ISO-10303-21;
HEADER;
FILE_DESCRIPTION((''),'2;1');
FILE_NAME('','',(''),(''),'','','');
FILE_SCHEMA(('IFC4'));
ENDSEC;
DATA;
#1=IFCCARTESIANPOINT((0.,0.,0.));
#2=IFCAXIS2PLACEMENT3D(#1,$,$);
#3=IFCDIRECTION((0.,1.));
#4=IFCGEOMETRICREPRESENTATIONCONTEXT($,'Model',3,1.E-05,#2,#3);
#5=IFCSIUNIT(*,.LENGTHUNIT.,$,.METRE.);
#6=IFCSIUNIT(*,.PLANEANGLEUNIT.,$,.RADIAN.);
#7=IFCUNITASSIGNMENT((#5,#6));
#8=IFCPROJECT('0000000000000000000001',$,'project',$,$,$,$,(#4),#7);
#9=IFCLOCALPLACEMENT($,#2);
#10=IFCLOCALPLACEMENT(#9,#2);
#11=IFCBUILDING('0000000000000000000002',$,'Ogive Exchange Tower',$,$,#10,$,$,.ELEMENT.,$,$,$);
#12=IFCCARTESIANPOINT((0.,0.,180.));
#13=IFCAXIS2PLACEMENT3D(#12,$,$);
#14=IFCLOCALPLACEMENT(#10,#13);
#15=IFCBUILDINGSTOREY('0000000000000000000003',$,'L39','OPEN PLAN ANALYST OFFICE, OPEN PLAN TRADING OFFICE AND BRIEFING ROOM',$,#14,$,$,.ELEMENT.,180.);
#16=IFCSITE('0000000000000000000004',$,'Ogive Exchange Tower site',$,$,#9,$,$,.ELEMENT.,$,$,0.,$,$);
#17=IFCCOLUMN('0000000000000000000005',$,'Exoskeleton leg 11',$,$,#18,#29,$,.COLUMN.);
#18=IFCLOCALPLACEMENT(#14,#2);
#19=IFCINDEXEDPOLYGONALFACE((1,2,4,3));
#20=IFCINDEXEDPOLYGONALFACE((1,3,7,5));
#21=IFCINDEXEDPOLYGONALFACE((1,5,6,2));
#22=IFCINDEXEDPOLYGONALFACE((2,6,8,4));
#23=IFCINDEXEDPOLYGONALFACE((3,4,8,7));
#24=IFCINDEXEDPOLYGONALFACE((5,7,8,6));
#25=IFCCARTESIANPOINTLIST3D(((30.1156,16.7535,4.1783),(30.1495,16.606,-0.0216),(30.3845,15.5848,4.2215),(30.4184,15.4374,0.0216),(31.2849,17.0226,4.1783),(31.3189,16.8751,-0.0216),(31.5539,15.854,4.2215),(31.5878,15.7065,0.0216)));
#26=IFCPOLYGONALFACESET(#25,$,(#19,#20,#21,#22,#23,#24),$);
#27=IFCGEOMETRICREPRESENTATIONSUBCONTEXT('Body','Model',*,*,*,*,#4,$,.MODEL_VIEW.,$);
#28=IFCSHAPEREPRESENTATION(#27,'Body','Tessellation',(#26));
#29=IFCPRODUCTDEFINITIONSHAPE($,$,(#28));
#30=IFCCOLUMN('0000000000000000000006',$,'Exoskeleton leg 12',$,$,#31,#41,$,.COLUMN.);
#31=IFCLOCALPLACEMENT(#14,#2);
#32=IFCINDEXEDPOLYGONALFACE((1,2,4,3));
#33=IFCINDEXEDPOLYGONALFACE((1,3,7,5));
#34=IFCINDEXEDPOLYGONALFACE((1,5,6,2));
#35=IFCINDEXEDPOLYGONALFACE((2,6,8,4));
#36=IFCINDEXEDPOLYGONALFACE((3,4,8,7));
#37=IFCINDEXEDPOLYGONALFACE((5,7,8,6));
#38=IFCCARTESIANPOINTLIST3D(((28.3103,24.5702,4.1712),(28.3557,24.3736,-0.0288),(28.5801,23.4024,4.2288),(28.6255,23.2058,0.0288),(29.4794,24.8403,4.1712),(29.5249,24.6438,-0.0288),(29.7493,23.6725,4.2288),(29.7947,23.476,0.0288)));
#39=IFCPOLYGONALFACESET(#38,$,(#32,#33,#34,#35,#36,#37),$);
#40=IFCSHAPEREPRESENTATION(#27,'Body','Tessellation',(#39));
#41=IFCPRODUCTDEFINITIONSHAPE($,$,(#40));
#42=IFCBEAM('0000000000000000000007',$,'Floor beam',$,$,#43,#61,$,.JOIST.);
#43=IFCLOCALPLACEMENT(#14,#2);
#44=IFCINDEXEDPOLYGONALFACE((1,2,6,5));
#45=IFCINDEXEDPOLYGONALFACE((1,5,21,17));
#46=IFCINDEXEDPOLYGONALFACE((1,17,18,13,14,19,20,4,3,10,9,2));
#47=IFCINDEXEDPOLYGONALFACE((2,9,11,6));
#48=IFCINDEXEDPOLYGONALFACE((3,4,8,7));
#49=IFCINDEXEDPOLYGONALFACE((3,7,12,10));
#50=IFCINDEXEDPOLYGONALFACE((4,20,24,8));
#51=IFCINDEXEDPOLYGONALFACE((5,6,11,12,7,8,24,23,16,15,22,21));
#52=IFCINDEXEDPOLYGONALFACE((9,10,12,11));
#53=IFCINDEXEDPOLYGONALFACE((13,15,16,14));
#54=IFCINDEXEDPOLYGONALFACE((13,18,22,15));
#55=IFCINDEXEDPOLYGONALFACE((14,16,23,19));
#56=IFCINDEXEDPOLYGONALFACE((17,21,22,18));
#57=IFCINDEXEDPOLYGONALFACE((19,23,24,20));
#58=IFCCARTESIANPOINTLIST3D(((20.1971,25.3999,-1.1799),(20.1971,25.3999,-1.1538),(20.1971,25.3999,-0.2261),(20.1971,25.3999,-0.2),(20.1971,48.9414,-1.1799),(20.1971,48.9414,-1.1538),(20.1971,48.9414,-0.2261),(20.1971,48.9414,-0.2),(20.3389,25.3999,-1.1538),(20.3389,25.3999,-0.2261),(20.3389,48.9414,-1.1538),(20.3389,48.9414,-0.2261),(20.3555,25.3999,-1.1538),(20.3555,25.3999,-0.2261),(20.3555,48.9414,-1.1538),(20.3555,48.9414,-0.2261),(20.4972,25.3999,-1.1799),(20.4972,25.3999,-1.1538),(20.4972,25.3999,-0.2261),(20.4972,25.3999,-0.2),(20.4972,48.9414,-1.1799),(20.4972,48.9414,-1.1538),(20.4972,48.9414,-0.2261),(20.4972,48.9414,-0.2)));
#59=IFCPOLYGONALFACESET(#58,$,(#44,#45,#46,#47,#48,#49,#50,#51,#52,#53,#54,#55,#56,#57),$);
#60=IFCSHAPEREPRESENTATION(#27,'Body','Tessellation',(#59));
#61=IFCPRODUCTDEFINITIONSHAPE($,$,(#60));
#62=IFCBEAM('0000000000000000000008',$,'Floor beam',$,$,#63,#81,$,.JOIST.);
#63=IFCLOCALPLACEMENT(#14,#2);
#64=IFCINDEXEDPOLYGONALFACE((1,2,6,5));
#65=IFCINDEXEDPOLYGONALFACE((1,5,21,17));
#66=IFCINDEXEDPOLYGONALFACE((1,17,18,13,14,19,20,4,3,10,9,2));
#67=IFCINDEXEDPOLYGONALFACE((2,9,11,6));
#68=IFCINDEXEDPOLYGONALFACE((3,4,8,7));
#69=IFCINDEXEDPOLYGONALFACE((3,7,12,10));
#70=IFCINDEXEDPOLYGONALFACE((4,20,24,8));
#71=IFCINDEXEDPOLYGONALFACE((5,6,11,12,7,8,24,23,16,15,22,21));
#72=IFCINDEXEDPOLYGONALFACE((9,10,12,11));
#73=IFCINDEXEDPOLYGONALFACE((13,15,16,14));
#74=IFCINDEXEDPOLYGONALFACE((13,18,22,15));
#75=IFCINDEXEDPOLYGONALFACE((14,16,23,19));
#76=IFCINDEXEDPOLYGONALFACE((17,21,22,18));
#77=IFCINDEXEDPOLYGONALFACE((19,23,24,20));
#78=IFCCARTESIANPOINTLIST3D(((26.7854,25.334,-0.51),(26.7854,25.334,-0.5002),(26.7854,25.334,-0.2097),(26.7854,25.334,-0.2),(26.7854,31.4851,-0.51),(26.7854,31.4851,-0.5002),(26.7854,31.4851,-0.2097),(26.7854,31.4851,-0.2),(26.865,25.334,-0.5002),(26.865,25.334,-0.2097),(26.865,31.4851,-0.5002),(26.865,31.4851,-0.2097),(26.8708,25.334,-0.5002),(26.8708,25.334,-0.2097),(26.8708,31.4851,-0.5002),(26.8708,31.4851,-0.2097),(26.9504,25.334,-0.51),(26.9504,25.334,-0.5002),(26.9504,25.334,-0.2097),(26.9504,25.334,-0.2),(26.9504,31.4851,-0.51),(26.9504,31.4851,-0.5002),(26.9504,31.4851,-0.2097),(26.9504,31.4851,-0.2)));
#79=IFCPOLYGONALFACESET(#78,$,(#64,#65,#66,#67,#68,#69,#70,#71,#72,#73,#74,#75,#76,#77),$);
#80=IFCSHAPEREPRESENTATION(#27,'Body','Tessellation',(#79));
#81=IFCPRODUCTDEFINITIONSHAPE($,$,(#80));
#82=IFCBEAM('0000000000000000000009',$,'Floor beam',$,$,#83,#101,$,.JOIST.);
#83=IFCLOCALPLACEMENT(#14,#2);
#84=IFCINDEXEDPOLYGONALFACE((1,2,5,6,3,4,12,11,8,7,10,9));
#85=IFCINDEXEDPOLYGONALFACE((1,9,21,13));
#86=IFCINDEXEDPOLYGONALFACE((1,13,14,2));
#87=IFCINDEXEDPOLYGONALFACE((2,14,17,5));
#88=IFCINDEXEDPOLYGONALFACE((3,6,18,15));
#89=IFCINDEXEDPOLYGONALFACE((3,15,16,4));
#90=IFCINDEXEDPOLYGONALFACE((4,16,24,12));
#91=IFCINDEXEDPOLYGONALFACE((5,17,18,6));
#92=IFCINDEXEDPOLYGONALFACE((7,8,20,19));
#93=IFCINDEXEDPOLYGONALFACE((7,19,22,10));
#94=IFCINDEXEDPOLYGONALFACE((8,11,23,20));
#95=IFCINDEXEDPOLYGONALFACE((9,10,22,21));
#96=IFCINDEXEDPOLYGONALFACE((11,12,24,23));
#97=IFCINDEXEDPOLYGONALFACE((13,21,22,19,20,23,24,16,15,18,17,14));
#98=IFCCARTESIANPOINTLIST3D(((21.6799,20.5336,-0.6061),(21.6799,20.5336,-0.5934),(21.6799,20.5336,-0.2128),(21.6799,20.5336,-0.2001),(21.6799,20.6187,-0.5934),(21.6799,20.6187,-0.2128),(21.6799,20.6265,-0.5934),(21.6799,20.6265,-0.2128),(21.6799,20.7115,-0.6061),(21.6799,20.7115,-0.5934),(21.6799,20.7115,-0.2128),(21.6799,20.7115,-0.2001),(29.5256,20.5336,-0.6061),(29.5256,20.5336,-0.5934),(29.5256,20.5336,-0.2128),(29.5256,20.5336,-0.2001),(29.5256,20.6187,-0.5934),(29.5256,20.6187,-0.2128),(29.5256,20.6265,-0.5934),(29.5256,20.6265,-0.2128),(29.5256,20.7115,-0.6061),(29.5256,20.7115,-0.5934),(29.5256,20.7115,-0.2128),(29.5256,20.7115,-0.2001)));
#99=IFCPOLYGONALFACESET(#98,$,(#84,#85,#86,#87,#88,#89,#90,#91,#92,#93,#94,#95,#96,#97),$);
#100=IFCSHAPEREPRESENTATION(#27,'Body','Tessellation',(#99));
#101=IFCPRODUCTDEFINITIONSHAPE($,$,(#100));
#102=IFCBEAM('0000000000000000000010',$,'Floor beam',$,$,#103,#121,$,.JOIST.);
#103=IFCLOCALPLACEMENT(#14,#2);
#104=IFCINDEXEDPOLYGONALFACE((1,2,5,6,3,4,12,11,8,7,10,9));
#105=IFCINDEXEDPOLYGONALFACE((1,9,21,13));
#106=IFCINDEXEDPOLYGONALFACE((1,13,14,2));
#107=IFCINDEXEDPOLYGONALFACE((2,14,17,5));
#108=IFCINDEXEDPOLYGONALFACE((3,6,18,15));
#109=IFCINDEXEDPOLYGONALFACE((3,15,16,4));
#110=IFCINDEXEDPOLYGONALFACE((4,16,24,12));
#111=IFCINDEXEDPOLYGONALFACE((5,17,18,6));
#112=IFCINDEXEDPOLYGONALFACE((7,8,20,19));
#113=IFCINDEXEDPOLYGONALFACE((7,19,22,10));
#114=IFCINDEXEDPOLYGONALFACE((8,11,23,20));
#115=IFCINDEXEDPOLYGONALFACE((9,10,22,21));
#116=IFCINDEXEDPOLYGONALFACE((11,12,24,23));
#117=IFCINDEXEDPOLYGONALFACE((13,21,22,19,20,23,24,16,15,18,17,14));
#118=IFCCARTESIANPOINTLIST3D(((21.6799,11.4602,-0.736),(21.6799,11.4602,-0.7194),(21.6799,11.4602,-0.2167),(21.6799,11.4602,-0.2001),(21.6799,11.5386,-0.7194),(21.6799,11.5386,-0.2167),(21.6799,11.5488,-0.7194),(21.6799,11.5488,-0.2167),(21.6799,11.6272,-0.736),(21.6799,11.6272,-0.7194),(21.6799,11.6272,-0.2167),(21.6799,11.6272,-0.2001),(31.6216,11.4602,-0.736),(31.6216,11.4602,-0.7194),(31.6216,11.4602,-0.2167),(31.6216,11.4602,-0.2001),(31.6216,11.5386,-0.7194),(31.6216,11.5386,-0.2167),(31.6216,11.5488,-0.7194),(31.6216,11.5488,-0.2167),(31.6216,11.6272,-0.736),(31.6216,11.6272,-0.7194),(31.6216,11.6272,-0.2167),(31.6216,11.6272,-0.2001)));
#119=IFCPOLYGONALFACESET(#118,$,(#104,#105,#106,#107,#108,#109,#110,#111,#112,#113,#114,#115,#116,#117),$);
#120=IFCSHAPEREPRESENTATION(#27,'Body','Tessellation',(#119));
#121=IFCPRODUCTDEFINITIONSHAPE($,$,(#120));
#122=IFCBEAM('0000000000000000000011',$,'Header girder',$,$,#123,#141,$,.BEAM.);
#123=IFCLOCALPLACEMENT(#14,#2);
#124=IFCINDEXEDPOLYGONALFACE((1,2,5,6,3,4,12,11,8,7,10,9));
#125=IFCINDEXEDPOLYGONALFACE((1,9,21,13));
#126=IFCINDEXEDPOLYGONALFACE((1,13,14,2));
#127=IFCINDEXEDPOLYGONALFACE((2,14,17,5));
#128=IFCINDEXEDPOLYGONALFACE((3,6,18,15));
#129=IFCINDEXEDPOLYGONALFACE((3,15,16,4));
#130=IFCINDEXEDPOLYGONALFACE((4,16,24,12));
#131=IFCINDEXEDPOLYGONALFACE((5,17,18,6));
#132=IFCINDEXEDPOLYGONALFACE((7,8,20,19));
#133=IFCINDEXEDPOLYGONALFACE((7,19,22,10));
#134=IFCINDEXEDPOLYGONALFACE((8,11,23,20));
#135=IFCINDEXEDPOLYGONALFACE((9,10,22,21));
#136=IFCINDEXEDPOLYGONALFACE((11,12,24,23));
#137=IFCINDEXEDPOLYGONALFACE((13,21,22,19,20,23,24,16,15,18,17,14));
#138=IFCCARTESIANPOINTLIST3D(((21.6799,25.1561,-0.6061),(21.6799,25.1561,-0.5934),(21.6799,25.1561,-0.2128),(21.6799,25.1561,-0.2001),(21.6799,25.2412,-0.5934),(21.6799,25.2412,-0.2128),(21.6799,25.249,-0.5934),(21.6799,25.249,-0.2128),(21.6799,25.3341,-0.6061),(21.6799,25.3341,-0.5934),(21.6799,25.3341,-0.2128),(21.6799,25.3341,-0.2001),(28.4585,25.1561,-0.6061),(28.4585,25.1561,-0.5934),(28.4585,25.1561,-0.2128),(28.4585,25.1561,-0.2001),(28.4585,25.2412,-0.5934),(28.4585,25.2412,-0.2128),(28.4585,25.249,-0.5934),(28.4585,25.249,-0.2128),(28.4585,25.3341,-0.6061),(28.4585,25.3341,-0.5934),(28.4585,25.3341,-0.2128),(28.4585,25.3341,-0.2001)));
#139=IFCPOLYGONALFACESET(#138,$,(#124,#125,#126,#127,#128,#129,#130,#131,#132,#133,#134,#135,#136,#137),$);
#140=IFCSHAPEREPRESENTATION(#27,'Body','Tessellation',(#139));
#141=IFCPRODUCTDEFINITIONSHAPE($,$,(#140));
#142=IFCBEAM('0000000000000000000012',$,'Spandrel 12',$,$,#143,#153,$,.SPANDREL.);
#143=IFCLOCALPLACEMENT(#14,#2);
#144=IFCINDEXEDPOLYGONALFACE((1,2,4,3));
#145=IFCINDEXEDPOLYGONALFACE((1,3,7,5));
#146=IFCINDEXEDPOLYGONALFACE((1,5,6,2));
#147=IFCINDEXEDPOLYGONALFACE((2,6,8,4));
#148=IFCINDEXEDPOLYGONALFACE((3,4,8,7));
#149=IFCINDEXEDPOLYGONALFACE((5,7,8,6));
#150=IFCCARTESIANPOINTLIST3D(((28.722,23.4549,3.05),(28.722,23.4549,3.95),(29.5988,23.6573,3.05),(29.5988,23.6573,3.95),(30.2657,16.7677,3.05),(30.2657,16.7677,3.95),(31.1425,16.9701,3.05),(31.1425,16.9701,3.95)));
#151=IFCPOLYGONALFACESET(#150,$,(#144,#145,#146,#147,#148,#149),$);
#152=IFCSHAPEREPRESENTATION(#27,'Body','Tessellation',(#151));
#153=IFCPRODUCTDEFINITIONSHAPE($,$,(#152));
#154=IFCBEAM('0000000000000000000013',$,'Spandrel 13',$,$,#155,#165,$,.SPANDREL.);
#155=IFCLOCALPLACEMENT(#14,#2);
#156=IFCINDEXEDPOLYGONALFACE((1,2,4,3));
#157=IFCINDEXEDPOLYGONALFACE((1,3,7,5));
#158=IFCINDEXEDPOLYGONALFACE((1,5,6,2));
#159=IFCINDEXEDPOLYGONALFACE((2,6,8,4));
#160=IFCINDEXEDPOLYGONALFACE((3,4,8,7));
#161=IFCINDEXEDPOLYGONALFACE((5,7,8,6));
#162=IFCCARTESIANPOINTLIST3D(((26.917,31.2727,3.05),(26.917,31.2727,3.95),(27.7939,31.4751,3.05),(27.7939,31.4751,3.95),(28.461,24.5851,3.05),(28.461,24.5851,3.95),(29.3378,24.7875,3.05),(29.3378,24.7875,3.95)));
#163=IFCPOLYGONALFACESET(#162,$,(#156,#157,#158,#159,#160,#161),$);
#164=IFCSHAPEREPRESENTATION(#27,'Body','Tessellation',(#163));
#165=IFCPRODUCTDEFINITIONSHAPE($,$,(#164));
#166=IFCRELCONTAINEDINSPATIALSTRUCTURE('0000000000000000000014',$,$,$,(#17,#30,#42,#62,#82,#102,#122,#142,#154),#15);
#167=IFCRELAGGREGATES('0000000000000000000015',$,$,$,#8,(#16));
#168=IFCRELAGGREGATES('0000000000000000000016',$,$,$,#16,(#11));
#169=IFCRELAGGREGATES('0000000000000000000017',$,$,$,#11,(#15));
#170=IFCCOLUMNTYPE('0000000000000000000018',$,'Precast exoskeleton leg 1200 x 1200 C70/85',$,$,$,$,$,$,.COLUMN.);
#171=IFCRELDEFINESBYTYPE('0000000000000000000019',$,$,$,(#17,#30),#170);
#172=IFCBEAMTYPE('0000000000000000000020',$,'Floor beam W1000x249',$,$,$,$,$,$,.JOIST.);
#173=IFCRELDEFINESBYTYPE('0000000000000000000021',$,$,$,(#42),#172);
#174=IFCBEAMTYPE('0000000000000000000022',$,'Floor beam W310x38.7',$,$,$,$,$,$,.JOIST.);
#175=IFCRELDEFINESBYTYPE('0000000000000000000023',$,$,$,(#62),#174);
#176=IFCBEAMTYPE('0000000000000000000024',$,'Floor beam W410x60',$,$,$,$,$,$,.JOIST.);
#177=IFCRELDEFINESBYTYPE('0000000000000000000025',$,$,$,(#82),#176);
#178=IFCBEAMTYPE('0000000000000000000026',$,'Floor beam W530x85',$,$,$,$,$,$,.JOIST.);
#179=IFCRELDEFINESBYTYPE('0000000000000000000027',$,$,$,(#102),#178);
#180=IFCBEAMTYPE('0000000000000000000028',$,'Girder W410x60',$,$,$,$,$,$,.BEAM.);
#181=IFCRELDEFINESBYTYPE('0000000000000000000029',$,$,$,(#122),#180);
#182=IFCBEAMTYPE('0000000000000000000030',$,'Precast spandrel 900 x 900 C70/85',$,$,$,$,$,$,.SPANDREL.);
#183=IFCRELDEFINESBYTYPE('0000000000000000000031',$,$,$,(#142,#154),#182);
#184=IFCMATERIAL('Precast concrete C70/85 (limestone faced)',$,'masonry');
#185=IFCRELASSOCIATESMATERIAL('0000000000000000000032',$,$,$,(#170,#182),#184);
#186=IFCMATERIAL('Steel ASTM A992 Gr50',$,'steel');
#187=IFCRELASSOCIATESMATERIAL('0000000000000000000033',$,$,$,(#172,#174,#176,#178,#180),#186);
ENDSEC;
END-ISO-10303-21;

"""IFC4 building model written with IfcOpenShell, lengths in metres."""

from ifc_helpers import new_model, si_unit, direction, frame, origin, origin_2d, place, context, subcontext, project, spatial, rectangle, i_section, extrude, material, material_profile, profile_set, type_object, element, save


model = new_model("IFC4")

# Units and contexts
model_context = context("Model", 3, precision=1e-05, world=origin(), true_north=direction((0.0, 1.0)))
body_context = subcontext(model_context, "Body", "Model", "MODEL_VIEW")
ifc_project = project(units=[si_unit("LENGTHUNIT", "METRE"), si_unit("PLANEANGLEUNIT", "RADIAN")], contexts=[model_context])

# Site, building, storey
site_placement = place(None, origin())
site = spatial("IfcSite", under=ifc_project, at=site_placement, Name="Ogive Exchange Tower site", CompositionType="ELEMENT", RefElevation=0.0)
building_placement = place(site_placement, origin())
building = spatial("IfcBuilding", under=site, at=building_placement, Name="Ogive Exchange Tower", CompositionType="ELEMENT")
storey_placement = place(building_placement, frame((0.0, 0.0, 180.0)))
storey = spatial("IfcBuildingStorey", under=building, at=storey_placement, Name="L39", Description="OPEN PLAN ANALYST OFFICE, OPEN PLAN TRADING OFFICE AND BRIEFING ROOM", CompositionType="ELEMENT", Elevation=180.0)

# Columns
ifc_material_1 = material(Name="Precast concrete C70/85 (limestone faced)", Category="masonry")
ifc_material_profile_1 = material_profile(ifc_material_1, rectangle(XDim=1.2, YDim=1.2, at=origin_2d()), Name="1200 x 1200")
ifc_profile_set_1 = profile_set([ifc_material_profile_1], Name="Precast concrete C70/85 (limestone faced)")
column_type = type_object("IfcColumnType", Name="Precast exoskeleton leg 1200 x 1200 C70/85", PredefinedType="COLUMN", material=ifc_profile_set_1)
column_1_placement = place(storey_placement, frame((30.8687, 16.1562, 0.0), z_axis=(-0.008075, 0.035087, 0.999352), x_axis=(-0.974527, -0.22427, 0.0)))
element("IfcColumn", 1, at=column_1_placement, inside=storey, type_object=column_type, Name="Exoskeleton leg 11", PredefinedType="COLUMN", context=body_context, shape_type="SweptSolid", body=[
    extrude(rectangle(XDim=1.2, YDim=1.2, at=origin_2d()), origin(), (0.0, 0.0, 1.0), 4.2026),
])
column_2_placement = place(storey_placement, frame((29.0752, 23.9248, 0.0), z_axis=(-0.0108, 0.04674, 0.998849), x_axis=(-0.97433, -0.225125, 0.0)))
element("IfcColumn", 2, at=column_2_placement, inside=storey, type_object=column_type, Name="Exoskeleton leg 12", PredefinedType="COLUMN", context=body_context, shape_type="SweptSolid", body=[
    extrude(rectangle(XDim=1.2, YDim=1.2, at=origin_2d()), origin(), (0.0, 0.0, 1.0), 4.2048),
])

# Beams
ifc_material_2 = material(Name="Steel ASTM A992 Gr50", Category="steel")
ifc_material_profile_2 = material_profile(ifc_material_2, i_section(OverallWidth=0.3, OverallDepth=0.98, WebThickness=0.0166, FlangeThickness=0.0261, at=origin_2d()), Name="W1000x249")
ifc_profile_set_2 = profile_set([ifc_material_profile_2], Name="Steel ASTM A992 Gr50")
beam_type_1 = type_object("IfcBeamType", Name="Floor beam W1000x249", PredefinedType="JOIST", material=ifc_profile_set_2)
beam_1_placement = place(storey_placement, frame((20.3472, 25.3999, -0.6899), z_axis=(0.0, 1.0, 0.0), x_axis=(-1.0, 0.0, 0.0)))
element("IfcBeam", 3, at=beam_1_placement, inside=storey, type_object=beam_type_1, Name="Floor beam", PredefinedType="JOIST", context=body_context, shape_type="SweptSolid", body=[
    extrude(i_section(OverallWidth=0.3, OverallDepth=0.98, WebThickness=0.0166, FlangeThickness=0.0261, at=origin_2d()), origin(), (0.0, 0.0, 1.0), 23.5415),
])
ifc_material_profile_3 = material_profile(ifc_material_2, i_section(OverallWidth=0.165, OverallDepth=0.3101, WebThickness=0.0059, FlangeThickness=0.0098, at=origin_2d()), Name="W310x38.7")
ifc_profile_set_3 = profile_set([ifc_material_profile_3], Name="Steel ASTM A992 Gr50")
beam_type_2 = type_object("IfcBeamType", Name="Floor beam W310x38.7", PredefinedType="JOIST", material=ifc_profile_set_3)
beam_2_placement = place(storey_placement, frame((26.8679, 25.334, -0.355), z_axis=(0.0, 1.0, 0.0), x_axis=(-1.0, 0.0, 0.0)))
element("IfcBeam", 4, at=beam_2_placement, inside=storey, type_object=beam_type_2, Name="Floor beam", PredefinedType="JOIST", context=body_context, shape_type="SweptSolid", body=[
    extrude(i_section(OverallWidth=0.165, OverallDepth=0.3101, WebThickness=0.0059, FlangeThickness=0.0098, at=origin_2d()), origin(), (0.0, 0.0, 1.0), 6.1511),
])
ifc_material_profile_4 = material_profile(ifc_material_2, i_section(OverallWidth=0.178, OverallDepth=0.406, WebThickness=0.0078, FlangeThickness=0.0127, at=origin_2d()), Name="W410x60")
ifc_profile_set_4 = profile_set([ifc_material_profile_4], Name="Steel ASTM A992 Gr50")
beam_type_3 = type_object("IfcBeamType", Name="Floor beam W410x60", PredefinedType="JOIST", material=ifc_profile_set_4)
beam_3_placement = place(storey_placement, frame((21.6799, 20.6226, -0.4031), z_axis=(1.0, 0.0, 0.0), x_axis=(0.0, 1.0, 0.0)))
element("IfcBeam", 5, at=beam_3_placement, inside=storey, type_object=beam_type_3, Name="Floor beam", PredefinedType="JOIST", context=body_context, shape_type="SweptSolid", body=[
    extrude(i_section(OverallWidth=0.178, OverallDepth=0.406, WebThickness=0.0078, FlangeThickness=0.0127, at=origin_2d()), origin(), (0.0, 0.0, 1.0), 7.8457),
])
ifc_material_profile_5 = material_profile(ifc_material_2, i_section(OverallWidth=0.167, OverallDepth=0.5359, WebThickness=0.0103, FlangeThickness=0.0166, at=origin_2d()), Name="W530x85")
ifc_profile_set_5 = profile_set([ifc_material_profile_5], Name="Steel ASTM A992 Gr50")
beam_type_4 = type_object("IfcBeamType", Name="Floor beam W530x85", PredefinedType="JOIST", material=ifc_profile_set_5)
beam_4_placement = place(storey_placement, frame((21.6799, 11.5437, -0.468), z_axis=(1.0, 0.0, 0.0), x_axis=(0.0, 1.0, 0.0)))
element("IfcBeam", 6, at=beam_4_placement, inside=storey, type_object=beam_type_4, Name="Floor beam", PredefinedType="JOIST", context=body_context, shape_type="SweptSolid", body=[
    extrude(i_section(OverallWidth=0.167, OverallDepth=0.5359, WebThickness=0.0103, FlangeThickness=0.0166, at=origin_2d()), origin(), (0.0, 0.0, 1.0), 9.9417),
])
ifc_material_profile_6 = material_profile(ifc_material_2, i_section(OverallWidth=0.178, OverallDepth=0.406, WebThickness=0.0078, FlangeThickness=0.0127, at=origin_2d()), Name="W410x60")
ifc_profile_set_6 = profile_set([ifc_material_profile_6], Name="Steel ASTM A992 Gr50")
beam_type_5 = type_object("IfcBeamType", Name="Girder W410x60", PredefinedType="BEAM", material=ifc_profile_set_6)
beam_5_placement = place(storey_placement, frame((21.6799, 25.2451, -0.4031), z_axis=(1.0, 0.0, 0.0), x_axis=(0.0, 1.0, 0.0)))
element("IfcBeam", 7, at=beam_5_placement, inside=storey, type_object=beam_type_5, Name="Header girder", PredefinedType="BEAM", context=body_context, shape_type="SweptSolid", body=[
    extrude(i_section(OverallWidth=0.178, OverallDepth=0.406, WebThickness=0.0078, FlangeThickness=0.0127, at=origin_2d()), origin(), (0.0, 0.0, 1.0), 6.7786),
])
ifc_material_profile_7 = material_profile(ifc_material_1, rectangle(XDim=0.8999, YDim=0.8999, at=origin_2d()), Name="900 x 900")
ifc_profile_set_7 = profile_set([ifc_material_profile_7], Name="Precast concrete C70/85 (limestone faced)")
beam_type_6 = type_object("IfcBeamType", Name="Precast spandrel 900 x 900 C70/85", PredefinedType="SPANDREL", material=ifc_profile_set_7)
beam_6_placement = place(storey_placement, frame((30.7041, 16.8689, 3.5), z_axis=(-0.224927, 0.974376, 0.0), x_axis=(-0.974376, -0.224927, 0.0)))
element("IfcBeam", 8, at=beam_6_placement, inside=storey, type_object=beam_type_6, Name="Spandrel 12", PredefinedType="SPANDREL", context=body_context, shape_type="SweptSolid", body=[
    extrude(rectangle(XDim=0.8999, YDim=0.8999, at=origin_2d()), origin(), (0.0, 0.0, 1.0), 6.863),
])
beam_7_placement = place(storey_placement, frame((28.8994, 24.6863, 3.5), z_axis=(-0.224953, 0.97437, 0.0), x_axis=(-0.97437, -0.224953, 0.0)))
element("IfcBeam", 9, at=beam_7_placement, inside=storey, type_object=beam_type_6, Name="Spandrel 13", PredefinedType="SPANDREL", context=body_context, shape_type="SweptSolid", body=[
    extrude(rectangle(XDim=0.8999, YDim=0.8999, at=origin_2d()), origin(), (0.0, 0.0, 1.0), 6.8635),
])

save(model, "model.ifc")
